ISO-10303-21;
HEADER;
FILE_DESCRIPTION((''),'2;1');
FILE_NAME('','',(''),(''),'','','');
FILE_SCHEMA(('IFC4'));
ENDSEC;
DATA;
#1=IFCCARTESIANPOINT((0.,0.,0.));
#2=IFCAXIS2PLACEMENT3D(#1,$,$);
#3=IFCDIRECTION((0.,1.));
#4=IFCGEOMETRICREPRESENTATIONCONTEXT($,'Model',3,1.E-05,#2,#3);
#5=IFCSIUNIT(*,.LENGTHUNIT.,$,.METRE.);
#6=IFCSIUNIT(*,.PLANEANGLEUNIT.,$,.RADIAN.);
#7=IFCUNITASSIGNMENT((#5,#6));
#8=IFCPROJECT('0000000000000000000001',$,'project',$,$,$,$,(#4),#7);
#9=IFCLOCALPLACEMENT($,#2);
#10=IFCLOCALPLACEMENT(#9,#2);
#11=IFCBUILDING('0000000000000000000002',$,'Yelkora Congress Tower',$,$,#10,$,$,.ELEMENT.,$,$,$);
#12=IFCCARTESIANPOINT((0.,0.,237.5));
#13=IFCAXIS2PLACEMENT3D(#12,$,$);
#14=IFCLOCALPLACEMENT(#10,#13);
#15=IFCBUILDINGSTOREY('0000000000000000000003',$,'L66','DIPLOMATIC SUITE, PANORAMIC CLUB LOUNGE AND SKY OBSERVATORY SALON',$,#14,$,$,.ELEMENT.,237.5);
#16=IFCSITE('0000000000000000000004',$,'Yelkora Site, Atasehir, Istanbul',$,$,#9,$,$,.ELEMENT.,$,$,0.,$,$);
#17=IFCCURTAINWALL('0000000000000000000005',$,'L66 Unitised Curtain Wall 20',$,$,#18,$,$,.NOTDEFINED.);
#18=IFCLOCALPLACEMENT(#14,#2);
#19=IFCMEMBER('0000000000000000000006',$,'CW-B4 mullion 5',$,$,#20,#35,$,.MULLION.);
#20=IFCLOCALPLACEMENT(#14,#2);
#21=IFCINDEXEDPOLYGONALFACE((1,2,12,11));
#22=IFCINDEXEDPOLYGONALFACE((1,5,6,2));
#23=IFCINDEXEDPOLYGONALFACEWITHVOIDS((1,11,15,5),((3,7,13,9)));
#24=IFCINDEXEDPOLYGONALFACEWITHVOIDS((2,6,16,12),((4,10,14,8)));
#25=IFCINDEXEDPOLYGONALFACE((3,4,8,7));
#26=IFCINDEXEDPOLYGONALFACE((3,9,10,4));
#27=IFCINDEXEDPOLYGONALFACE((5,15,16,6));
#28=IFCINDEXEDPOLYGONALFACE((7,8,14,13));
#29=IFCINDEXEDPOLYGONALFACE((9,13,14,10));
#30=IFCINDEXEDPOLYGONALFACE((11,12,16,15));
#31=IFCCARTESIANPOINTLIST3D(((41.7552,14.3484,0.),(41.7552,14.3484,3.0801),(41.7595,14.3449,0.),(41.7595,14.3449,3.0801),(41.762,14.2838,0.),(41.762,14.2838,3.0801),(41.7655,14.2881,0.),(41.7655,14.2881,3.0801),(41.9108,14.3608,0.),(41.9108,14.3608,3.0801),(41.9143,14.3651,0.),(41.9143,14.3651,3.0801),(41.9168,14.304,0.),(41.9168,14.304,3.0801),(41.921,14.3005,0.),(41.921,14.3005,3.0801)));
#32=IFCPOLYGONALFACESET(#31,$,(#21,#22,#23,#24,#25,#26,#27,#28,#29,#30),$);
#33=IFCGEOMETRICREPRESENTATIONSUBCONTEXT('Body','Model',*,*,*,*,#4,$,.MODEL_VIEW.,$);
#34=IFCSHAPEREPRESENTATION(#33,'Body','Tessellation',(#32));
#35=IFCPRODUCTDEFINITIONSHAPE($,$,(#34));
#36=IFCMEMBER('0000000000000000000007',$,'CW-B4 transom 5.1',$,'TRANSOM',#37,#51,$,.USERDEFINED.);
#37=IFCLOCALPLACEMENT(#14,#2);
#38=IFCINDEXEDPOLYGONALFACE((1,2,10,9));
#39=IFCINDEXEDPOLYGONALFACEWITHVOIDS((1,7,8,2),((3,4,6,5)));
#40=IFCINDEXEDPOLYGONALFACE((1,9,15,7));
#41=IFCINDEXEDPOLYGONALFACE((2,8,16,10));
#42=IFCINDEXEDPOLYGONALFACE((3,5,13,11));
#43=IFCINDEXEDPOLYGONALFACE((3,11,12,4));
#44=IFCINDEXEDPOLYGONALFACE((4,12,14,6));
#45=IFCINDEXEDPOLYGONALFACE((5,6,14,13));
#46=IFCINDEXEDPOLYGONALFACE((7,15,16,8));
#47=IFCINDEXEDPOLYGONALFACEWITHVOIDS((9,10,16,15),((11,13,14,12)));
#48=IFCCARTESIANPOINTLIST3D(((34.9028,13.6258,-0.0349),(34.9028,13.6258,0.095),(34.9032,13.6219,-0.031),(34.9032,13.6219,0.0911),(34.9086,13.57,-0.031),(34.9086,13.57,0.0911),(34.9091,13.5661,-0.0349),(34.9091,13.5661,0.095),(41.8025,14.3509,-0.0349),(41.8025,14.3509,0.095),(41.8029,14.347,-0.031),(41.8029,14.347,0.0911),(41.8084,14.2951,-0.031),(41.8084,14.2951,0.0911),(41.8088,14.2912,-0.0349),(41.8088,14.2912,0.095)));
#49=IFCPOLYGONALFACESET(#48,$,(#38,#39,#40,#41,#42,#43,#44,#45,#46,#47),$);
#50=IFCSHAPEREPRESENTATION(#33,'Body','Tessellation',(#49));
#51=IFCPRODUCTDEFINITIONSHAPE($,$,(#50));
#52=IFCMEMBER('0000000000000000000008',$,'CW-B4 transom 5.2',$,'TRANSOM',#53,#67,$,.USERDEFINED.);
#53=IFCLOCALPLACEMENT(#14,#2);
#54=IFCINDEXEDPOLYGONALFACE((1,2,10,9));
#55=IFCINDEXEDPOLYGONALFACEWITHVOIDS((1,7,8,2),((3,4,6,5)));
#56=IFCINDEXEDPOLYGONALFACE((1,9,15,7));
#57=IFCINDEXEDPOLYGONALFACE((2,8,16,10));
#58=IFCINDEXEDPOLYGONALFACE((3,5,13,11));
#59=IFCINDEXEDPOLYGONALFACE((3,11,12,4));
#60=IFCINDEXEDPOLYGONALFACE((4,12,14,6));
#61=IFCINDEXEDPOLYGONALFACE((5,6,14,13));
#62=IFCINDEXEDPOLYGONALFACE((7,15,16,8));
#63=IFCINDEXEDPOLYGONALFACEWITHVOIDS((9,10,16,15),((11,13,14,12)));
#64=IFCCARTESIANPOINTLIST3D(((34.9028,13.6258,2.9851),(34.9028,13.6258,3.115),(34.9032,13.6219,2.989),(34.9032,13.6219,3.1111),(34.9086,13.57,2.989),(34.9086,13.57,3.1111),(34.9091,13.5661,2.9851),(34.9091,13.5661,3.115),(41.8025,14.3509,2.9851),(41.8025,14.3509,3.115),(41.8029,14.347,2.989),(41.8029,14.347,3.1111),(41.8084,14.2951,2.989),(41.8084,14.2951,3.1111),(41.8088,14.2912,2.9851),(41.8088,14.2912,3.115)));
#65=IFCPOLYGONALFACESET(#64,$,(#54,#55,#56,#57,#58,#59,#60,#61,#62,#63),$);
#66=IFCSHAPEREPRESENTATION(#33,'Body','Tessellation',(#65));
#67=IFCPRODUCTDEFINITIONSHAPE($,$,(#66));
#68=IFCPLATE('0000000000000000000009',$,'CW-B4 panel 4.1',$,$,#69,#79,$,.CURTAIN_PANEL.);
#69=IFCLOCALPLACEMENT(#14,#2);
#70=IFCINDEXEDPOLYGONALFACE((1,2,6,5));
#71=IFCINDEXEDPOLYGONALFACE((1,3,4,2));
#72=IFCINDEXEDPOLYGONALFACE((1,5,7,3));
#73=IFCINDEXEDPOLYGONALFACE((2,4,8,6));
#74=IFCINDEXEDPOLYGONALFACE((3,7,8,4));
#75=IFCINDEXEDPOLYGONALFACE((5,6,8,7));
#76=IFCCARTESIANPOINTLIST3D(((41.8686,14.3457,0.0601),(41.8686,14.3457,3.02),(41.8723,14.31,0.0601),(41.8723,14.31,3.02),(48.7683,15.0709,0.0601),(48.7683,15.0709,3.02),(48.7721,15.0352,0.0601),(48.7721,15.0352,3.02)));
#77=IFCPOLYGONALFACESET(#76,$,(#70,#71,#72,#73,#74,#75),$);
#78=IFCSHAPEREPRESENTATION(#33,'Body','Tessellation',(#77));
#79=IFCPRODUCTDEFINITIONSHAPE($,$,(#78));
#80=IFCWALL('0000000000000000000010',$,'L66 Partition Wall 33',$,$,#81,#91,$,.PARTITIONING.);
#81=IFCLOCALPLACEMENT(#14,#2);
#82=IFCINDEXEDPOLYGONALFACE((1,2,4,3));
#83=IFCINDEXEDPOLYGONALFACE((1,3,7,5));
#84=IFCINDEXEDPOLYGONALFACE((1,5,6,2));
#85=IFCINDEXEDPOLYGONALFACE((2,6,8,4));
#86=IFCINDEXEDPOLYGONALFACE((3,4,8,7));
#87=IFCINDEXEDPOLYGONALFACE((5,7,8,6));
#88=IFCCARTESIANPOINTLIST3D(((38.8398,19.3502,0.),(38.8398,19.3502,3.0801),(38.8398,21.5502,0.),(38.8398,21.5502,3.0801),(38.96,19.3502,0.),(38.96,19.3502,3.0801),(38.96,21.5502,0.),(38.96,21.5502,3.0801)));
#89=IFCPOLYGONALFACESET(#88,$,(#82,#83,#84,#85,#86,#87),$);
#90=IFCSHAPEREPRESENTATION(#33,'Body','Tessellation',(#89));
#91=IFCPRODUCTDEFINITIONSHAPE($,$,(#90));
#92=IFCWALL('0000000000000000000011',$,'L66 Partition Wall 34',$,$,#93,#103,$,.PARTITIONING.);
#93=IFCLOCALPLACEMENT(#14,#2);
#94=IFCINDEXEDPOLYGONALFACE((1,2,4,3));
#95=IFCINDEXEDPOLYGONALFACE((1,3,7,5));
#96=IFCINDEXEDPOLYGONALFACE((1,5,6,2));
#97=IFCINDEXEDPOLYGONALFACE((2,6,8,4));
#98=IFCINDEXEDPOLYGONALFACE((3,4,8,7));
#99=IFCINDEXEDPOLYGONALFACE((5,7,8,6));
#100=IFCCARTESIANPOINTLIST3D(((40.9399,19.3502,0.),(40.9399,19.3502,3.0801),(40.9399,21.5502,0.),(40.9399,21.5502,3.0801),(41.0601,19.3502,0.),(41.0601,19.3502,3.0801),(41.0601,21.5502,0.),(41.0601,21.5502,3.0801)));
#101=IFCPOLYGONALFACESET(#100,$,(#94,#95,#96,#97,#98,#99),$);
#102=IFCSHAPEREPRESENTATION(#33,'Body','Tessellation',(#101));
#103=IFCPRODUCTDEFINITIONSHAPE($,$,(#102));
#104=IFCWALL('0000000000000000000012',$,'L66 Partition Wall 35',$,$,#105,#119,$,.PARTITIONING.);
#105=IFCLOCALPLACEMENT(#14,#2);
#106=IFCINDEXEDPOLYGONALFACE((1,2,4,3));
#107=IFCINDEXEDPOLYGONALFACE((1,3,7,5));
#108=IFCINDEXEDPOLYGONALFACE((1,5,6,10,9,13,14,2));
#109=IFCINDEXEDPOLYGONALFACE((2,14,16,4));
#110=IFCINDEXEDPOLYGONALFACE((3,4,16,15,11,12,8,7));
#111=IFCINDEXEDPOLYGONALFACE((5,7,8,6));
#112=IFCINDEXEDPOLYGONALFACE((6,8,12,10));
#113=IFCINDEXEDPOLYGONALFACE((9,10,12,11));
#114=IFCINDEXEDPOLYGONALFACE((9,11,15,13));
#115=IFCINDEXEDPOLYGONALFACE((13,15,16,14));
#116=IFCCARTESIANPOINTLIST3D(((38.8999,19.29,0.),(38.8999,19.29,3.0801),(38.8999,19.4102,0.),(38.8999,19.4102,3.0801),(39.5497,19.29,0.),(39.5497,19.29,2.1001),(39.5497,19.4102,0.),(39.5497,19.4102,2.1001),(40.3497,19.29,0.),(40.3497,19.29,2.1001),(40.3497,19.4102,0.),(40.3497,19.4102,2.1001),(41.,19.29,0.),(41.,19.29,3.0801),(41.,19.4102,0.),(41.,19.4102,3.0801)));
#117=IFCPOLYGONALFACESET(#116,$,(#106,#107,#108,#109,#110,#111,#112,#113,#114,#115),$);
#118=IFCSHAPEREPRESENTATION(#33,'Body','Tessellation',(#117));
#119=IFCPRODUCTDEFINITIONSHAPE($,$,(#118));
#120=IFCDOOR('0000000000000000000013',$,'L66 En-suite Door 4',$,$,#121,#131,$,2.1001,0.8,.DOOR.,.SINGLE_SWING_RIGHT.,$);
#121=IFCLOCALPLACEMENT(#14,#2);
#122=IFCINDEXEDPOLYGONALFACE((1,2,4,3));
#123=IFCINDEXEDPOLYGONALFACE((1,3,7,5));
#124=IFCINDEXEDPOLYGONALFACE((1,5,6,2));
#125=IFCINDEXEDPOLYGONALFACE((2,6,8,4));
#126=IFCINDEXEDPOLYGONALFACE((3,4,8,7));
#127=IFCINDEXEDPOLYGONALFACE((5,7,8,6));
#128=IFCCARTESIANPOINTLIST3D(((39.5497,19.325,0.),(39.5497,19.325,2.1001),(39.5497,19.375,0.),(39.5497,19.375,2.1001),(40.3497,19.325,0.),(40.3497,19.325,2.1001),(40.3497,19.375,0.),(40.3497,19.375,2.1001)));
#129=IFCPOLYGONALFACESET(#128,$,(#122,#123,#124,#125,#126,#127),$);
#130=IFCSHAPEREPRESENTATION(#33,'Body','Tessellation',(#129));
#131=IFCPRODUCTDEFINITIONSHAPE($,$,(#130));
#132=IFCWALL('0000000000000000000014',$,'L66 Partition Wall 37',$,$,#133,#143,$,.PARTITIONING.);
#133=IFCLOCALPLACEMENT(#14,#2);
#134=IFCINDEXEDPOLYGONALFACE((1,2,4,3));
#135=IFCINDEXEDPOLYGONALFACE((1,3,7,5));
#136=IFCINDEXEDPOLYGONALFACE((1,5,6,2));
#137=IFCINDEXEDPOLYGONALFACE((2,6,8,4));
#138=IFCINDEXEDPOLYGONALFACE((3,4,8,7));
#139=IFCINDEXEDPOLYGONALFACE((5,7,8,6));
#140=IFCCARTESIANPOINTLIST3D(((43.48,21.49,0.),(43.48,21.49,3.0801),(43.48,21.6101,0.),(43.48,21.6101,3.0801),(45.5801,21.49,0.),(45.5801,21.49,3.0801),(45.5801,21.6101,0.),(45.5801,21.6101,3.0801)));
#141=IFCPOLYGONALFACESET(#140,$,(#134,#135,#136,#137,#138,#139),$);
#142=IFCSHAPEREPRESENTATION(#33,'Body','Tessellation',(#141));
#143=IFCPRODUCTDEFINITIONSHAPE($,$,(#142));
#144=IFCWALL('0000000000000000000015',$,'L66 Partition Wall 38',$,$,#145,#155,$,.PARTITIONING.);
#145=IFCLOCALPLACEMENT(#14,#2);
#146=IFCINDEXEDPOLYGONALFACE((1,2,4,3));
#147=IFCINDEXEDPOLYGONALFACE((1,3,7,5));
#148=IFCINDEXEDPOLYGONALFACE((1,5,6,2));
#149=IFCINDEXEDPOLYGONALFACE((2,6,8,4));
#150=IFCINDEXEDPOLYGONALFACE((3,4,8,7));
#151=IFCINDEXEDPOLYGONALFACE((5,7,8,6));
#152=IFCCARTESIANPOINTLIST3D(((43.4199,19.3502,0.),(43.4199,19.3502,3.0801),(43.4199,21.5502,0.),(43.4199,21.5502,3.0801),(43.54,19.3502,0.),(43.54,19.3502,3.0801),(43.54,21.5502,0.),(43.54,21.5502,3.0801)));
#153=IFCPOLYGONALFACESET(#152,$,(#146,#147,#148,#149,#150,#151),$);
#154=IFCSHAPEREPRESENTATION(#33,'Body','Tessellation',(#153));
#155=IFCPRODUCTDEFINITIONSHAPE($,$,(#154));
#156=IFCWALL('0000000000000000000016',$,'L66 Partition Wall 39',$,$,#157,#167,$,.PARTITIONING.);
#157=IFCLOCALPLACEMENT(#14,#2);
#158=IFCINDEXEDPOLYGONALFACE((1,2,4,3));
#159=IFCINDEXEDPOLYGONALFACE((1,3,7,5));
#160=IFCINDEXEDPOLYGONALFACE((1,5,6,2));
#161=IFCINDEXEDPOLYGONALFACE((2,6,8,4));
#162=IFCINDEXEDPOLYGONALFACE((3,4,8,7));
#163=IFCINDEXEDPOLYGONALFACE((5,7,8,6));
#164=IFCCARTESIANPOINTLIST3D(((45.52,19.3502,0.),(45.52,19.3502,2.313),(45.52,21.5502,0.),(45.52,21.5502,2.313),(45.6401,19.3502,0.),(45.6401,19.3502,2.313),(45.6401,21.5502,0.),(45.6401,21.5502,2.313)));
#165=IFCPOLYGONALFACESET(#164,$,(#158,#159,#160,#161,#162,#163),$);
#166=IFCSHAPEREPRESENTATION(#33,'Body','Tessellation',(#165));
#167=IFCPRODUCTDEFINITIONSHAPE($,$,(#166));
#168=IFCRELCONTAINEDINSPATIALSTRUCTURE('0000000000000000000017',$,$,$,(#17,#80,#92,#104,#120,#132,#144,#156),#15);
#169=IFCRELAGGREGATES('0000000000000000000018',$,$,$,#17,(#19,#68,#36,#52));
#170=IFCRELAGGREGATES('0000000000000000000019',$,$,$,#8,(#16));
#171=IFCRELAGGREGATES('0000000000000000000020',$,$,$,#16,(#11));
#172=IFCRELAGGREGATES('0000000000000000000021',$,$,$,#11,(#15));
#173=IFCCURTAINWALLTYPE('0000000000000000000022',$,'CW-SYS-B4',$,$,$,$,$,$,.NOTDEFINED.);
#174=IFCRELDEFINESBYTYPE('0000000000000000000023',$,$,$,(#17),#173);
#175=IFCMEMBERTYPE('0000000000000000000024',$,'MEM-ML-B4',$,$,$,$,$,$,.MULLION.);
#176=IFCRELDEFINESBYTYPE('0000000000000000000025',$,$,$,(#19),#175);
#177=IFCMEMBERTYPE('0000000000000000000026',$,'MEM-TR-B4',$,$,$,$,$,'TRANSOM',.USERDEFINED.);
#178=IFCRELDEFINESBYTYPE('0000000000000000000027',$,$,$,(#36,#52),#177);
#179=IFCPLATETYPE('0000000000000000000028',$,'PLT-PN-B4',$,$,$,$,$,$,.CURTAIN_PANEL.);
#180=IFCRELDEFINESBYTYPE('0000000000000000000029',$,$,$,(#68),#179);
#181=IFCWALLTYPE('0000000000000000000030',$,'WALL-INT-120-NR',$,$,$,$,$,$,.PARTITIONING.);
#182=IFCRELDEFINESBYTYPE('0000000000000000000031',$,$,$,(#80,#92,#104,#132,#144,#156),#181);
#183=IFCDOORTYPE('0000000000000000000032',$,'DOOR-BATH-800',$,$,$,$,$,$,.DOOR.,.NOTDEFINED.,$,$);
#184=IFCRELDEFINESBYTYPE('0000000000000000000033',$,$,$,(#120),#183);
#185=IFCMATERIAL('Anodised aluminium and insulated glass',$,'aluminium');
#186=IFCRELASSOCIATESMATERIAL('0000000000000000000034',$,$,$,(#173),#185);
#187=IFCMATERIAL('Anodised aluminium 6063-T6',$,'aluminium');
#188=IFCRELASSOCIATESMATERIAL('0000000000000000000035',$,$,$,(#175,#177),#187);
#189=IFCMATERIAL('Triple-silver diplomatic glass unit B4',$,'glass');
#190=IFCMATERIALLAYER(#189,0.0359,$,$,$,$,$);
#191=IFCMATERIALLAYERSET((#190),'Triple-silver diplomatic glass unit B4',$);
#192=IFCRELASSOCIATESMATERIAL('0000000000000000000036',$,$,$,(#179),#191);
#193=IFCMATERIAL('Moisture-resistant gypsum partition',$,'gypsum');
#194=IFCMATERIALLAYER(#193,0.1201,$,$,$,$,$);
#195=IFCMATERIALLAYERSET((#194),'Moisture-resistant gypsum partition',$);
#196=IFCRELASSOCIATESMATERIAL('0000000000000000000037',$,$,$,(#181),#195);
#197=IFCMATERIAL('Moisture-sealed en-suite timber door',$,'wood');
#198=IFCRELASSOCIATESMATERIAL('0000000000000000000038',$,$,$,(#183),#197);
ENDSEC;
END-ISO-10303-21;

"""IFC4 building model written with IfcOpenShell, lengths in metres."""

from ifc_helpers import new_model, si_unit, direction, frame, frame_2d, origin, origin_2d, place, context, subcontext, project, spatial, rectangle, hollow_rectangle, extrude, material, layer, layer_set, material_profile, profile_set, type_object, element, fill, aggregate, save


model = new_model("IFC4")

# Units and contexts
model_context = context("Model", 3, precision=1e-05, world=origin(), true_north=direction((0.0, 1.0)))
body_context = subcontext(model_context, "Body", "Model", "MODEL_VIEW")
ifc_project = project(units=[si_unit("LENGTHUNIT", "METRE"), si_unit("PLANEANGLEUNIT", "RADIAN")], contexts=[model_context])

# Site, building, storey
site_placement = place(None, origin())
site = spatial("IfcSite", under=ifc_project, at=site_placement, Name="Yelkora Site, Atasehir, Istanbul", CompositionType="ELEMENT", RefElevation=0.0)
building_placement = place(site_placement, origin())
building = spatial("IfcBuilding", under=site, at=building_placement, Name="Yelkora Congress Tower", CompositionType="ELEMENT")
storey_placement = place(building_placement, frame((0.0, 0.0, 237.5)))
storey = spatial("IfcBuildingStorey", under=building, at=storey_placement, Name="L66", Description="DIPLOMATIC SUITE, PANORAMIC CLUB LOUNGE AND SKY OBSERVATORY SALON", CompositionType="ELEMENT", Elevation=237.5)

# Curtain wall, members, plate
ifc_material_1 = material(Name="Anodised aluminium and insulated glass", Category="aluminium")
curtain_wall_type = type_object("IfcCurtainWallType", Name="CW-SYS-B4", PredefinedType="NOTDEFINED", material=ifc_material_1)
curtain_wall_placement = place(storey_placement, origin())
curtain_wall = element("IfcCurtainWall", 1, at=curtain_wall_placement, inside=storey, type_object=curtain_wall_type, Name="L66 Unitised Curtain Wall 20", PredefinedType="NOTDEFINED")
ifc_material_2 = material(Name="Anodised aluminium 6063-T6", Category="aluminium")
ifc_material_profile_1 = material_profile(ifc_material_2, hollow_rectangle(XDim=0.0649, YDim=0.1599, WallThickness=0.0039, at=origin_2d()), Name="ALU 65x160x4")
ifc_profile_set_1 = profile_set([ifc_material_profile_1], Name="Anodised aluminium 6063-T6")
member_type_1 = type_object("IfcMemberType", Name="MEM-ML-B4", PredefinedType="MULLION", material=ifc_profile_set_1)
member_1_placement = place(storey_placement, frame((41.8381, 14.3245, 0.0), z_axis=(0.0, 0.0, 1.0), x_axis=(0.104527, -0.994522, 0.0)))
member_1 = element("IfcMember", 2, at=member_1_placement, type_object=member_type_1, Name="CW-B4 mullion 5", PredefinedType="MULLION", context=body_context, shape_type="SweptSolid", body=[
    extrude(hollow_rectangle(XDim=0.0649, YDim=0.1599, WallThickness=0.0039, at=origin_2d()), origin(), (0.0, 0.0, 1.0), 3.0801),
])
ifc_material_profile_2 = material_profile(ifc_material_2, hollow_rectangle(XDim=0.0601, YDim=0.1299, WallThickness=0.0039, at=origin_2d()), Name="ALU 60x130x4")
ifc_profile_set_2 = profile_set([ifc_material_profile_2], Name="Anodised aluminium 6063-T6")
member_type_2 = type_object("IfcMemberType", Name="MEM-TR-B4", ElementType="TRANSOM", PredefinedType="USERDEFINED", material=ifc_profile_set_2)
member_2_placement = place(storey_placement, frame((41.8057, 14.321, 0.03), z_axis=(-0.994523, -0.104516, 0.0), x_axis=(0.104516, -0.994523, 0.0)))
member_2 = element("IfcMember", 3, at=member_2_placement, type_object=member_type_2, Name="CW-B4 transom 5.1", ObjectType="TRANSOM", PredefinedType="USERDEFINED", context=body_context, shape_type="SweptSolid", body=[
    extrude(hollow_rectangle(XDim=0.0601, YDim=0.1299, WallThickness=0.0039, at=origin_2d()), origin(), (0.0, 0.0, 1.0), 6.9377),
])
member_3_placement = place(storey_placement, frame((41.8057, 14.321, 3.05), z_axis=(-0.994523, -0.104516, 0.0), x_axis=(0.104516, -0.994523, 0.0)))
member_3 = element("IfcMember", 4, at=member_3_placement, type_object=member_type_2, Name="CW-B4 transom 5.2", ObjectType="TRANSOM", PredefinedType="USERDEFINED", context=body_context, shape_type="SweptSolid", body=[
    extrude(hollow_rectangle(XDim=0.0601, YDim=0.1299, WallThickness=0.0039, at=origin_2d()), origin(), (0.0, 0.0, 1.0), 6.9377),
])
ifc_material_3 = material(Name="Triple-silver diplomatic glass unit B4", Category="glass")
ifc_layer_1 = layer(ifc_material_3, 0.0359)
ifc_layer_set_1 = layer_set([ifc_layer_1], Name="Triple-silver diplomatic glass unit B4")
plate_type = type_object("IfcPlateType", Name="PLT-PN-B4", PredefinedType="CURTAIN_PANEL", material=ifc_layer_set_1)
plate_placement = place(storey_placement, frame((45.3203, 14.6904, 0.0601), z_axis=(0.0, 0.0, 1.0), x_axis=(-0.994522, -0.104527, 0.0)))
plate = element("IfcPlate", 5, at=plate_placement, type_object=plate_type, Name="CW-B4 panel 4.1", PredefinedType="CURTAIN_PANEL", context=body_context, shape_type="SweptSolid", body=[
    extrude(rectangle(XDim=6.9377, YDim=0.0359, at=origin_2d()), origin(), (0.0, 0.0, 1.0), 2.96),
])
aggregate(curtain_wall, [member_1, plate, member_2, member_3])

# Walls
ifc_material_4 = material(Name="Moisture-resistant gypsum partition", Category="gypsum")
ifc_layer_2 = layer(ifc_material_4, 0.1201)
ifc_layer_set_2 = layer_set([ifc_layer_2], Name="Moisture-resistant gypsum partition")
wall_type_1 = type_object("IfcWallType", Name="WALL-INT-120-NR", PredefinedType="PARTITIONING", material=ifc_layer_set_2)
for number, where, z_axis, x_axis, name in (
    (6, (38.8999, 19.3501, 0.0), (0.0, 0.0, 1.0), (0.0, 1.0, 0.0), "L66 Partition Wall 33"),
    (7, (41.0, 19.3501, 0.0), (0.0, 0.0, 1.0), (0.0, 1.0, 0.0), "L66 Partition Wall 34"),
):
    element("IfcWall", number, at=place(storey_placement, frame(where, z_axis=z_axis, x_axis=x_axis)), inside=storey, type_object=wall_type_1, Name=name, PredefinedType="PARTITIONING", context=body_context, shape_type="SweptSolid", body=[
        extrude(rectangle(XDim=2.2, YDim=0.1201, at=frame_2d((1.1001, 0.0))), origin(), (0.0, 0.0, 1.0), 3.0801),
    ])

# Wall, opening, door
wall_1_placement = place(storey_placement, frame((38.8999, 19.3501, 0.0), z_axis=(0.0, 0.0, 1.0), x_axis=(1.0, 0.0, 0.0)))
wall_1 = element("IfcWall", 8, at=wall_1_placement, inside=storey, type_object=wall_type_1, Name="L66 Partition Wall 35", PredefinedType="PARTITIONING", context=body_context, shape_type="SweptSolid", body=[
    extrude(rectangle(XDim=2.1001, YDim=0.1201, at=frame_2d((1.05, 0.0))), origin(), (0.0, 0.0, 1.0), 3.0801),
])
opening_1_placement = place(wall_1_placement, frame((0.6499, 0.0, 0.0)))
opening_1 = element("IfcOpeningElement", 9, at=opening_1_placement, cuts=wall_1, PredefinedType="OPENING", context=body_context, shape_type="SweptSolid", body=[
    extrude(rectangle(XDim=0.8, YDim=2.1001, at=frame_2d((0.3999, 1.05))), frame((0.0, 0.0701, 0.0), z_axis=(0.0, -1.0, 0.0), x_axis=(1.0, 0.0, 0.0)), (0.0, 0.0, 1.0), 0.1401),
])
ifc_material_5 = material(Name="Moisture-sealed en-suite timber door", Category="wood")
door_type = type_object("IfcDoorType", Name="DOOR-BATH-800", OperationType="NOTDEFINED", PredefinedType="DOOR", material=ifc_material_5)
door_1_placement = place(opening_1_placement, origin())
door_1 = element("IfcDoor", 10, at=door_1_placement, inside=storey, type_object=door_type, Name="L66 En-suite Door 4", OperationType="SINGLE_SWING_RIGHT", OverallHeight=2.1001, OverallWidth=0.8, PredefinedType="DOOR", context=body_context, shape_type="SweptSolid", body=[
    extrude(rectangle(XDim=0.8, YDim=2.1001, at=frame_2d((0.3999, 1.05))), frame((0.0, 0.0249, 0.0), z_axis=(0.0, -1.0, 0.0), x_axis=(1.0, 0.0, 0.0)), (0.0, 0.0, 1.0), 0.05),
])
fill(opening_1, door_1)

# Walls
wall_2_placement = place(storey_placement, frame((43.48, 21.55, 0.0), z_axis=(0.0, 0.0, 1.0), x_axis=(1.0, 0.0, 0.0)))
element("IfcWall", 11, at=wall_2_placement, inside=storey, type_object=wall_type_1, Name="L66 Partition Wall 37", PredefinedType="PARTITIONING", context=body_context, shape_type="SweptSolid", body=[
    extrude(rectangle(XDim=2.1001, YDim=0.1201, at=frame_2d((1.05, 0.0))), origin(), (0.0, 0.0, 1.0), 3.0801),
])
wall_3_placement = place(storey_placement, frame((43.48, 19.3501, 0.0), z_axis=(0.0, 0.0, 1.0), x_axis=(0.0, 1.0, 0.0)))
element("IfcWall", 12, at=wall_3_placement, inside=storey, type_object=wall_type_1, Name="L66 Partition Wall 38", PredefinedType="PARTITIONING", context=body_context, shape_type="SweptSolid", body=[
    extrude(rectangle(XDim=2.2, YDim=0.1201, at=frame_2d((1.1001, 0.0))), origin(), (0.0, 0.0, 1.0), 3.0801),
])
wall_4_placement = place(storey_placement, frame((45.5801, 19.3501, 0.0), z_axis=(0.0, 0.0, 1.0), x_axis=(0.0, 1.0, 0.0)))
element("IfcWall", 13, at=wall_4_placement, inside=storey, type_object=wall_type_1, Name="L66 Partition Wall 39", PredefinedType="PARTITIONING", context=body_context, shape_type="SweptSolid", body=[
    extrude(rectangle(XDim=2.2, YDim=0.1201, at=frame_2d((1.1001, 0.0))), origin(), (0.0, 0.0, 1.0), 2.313),
])

save(model, "model.ifc")
